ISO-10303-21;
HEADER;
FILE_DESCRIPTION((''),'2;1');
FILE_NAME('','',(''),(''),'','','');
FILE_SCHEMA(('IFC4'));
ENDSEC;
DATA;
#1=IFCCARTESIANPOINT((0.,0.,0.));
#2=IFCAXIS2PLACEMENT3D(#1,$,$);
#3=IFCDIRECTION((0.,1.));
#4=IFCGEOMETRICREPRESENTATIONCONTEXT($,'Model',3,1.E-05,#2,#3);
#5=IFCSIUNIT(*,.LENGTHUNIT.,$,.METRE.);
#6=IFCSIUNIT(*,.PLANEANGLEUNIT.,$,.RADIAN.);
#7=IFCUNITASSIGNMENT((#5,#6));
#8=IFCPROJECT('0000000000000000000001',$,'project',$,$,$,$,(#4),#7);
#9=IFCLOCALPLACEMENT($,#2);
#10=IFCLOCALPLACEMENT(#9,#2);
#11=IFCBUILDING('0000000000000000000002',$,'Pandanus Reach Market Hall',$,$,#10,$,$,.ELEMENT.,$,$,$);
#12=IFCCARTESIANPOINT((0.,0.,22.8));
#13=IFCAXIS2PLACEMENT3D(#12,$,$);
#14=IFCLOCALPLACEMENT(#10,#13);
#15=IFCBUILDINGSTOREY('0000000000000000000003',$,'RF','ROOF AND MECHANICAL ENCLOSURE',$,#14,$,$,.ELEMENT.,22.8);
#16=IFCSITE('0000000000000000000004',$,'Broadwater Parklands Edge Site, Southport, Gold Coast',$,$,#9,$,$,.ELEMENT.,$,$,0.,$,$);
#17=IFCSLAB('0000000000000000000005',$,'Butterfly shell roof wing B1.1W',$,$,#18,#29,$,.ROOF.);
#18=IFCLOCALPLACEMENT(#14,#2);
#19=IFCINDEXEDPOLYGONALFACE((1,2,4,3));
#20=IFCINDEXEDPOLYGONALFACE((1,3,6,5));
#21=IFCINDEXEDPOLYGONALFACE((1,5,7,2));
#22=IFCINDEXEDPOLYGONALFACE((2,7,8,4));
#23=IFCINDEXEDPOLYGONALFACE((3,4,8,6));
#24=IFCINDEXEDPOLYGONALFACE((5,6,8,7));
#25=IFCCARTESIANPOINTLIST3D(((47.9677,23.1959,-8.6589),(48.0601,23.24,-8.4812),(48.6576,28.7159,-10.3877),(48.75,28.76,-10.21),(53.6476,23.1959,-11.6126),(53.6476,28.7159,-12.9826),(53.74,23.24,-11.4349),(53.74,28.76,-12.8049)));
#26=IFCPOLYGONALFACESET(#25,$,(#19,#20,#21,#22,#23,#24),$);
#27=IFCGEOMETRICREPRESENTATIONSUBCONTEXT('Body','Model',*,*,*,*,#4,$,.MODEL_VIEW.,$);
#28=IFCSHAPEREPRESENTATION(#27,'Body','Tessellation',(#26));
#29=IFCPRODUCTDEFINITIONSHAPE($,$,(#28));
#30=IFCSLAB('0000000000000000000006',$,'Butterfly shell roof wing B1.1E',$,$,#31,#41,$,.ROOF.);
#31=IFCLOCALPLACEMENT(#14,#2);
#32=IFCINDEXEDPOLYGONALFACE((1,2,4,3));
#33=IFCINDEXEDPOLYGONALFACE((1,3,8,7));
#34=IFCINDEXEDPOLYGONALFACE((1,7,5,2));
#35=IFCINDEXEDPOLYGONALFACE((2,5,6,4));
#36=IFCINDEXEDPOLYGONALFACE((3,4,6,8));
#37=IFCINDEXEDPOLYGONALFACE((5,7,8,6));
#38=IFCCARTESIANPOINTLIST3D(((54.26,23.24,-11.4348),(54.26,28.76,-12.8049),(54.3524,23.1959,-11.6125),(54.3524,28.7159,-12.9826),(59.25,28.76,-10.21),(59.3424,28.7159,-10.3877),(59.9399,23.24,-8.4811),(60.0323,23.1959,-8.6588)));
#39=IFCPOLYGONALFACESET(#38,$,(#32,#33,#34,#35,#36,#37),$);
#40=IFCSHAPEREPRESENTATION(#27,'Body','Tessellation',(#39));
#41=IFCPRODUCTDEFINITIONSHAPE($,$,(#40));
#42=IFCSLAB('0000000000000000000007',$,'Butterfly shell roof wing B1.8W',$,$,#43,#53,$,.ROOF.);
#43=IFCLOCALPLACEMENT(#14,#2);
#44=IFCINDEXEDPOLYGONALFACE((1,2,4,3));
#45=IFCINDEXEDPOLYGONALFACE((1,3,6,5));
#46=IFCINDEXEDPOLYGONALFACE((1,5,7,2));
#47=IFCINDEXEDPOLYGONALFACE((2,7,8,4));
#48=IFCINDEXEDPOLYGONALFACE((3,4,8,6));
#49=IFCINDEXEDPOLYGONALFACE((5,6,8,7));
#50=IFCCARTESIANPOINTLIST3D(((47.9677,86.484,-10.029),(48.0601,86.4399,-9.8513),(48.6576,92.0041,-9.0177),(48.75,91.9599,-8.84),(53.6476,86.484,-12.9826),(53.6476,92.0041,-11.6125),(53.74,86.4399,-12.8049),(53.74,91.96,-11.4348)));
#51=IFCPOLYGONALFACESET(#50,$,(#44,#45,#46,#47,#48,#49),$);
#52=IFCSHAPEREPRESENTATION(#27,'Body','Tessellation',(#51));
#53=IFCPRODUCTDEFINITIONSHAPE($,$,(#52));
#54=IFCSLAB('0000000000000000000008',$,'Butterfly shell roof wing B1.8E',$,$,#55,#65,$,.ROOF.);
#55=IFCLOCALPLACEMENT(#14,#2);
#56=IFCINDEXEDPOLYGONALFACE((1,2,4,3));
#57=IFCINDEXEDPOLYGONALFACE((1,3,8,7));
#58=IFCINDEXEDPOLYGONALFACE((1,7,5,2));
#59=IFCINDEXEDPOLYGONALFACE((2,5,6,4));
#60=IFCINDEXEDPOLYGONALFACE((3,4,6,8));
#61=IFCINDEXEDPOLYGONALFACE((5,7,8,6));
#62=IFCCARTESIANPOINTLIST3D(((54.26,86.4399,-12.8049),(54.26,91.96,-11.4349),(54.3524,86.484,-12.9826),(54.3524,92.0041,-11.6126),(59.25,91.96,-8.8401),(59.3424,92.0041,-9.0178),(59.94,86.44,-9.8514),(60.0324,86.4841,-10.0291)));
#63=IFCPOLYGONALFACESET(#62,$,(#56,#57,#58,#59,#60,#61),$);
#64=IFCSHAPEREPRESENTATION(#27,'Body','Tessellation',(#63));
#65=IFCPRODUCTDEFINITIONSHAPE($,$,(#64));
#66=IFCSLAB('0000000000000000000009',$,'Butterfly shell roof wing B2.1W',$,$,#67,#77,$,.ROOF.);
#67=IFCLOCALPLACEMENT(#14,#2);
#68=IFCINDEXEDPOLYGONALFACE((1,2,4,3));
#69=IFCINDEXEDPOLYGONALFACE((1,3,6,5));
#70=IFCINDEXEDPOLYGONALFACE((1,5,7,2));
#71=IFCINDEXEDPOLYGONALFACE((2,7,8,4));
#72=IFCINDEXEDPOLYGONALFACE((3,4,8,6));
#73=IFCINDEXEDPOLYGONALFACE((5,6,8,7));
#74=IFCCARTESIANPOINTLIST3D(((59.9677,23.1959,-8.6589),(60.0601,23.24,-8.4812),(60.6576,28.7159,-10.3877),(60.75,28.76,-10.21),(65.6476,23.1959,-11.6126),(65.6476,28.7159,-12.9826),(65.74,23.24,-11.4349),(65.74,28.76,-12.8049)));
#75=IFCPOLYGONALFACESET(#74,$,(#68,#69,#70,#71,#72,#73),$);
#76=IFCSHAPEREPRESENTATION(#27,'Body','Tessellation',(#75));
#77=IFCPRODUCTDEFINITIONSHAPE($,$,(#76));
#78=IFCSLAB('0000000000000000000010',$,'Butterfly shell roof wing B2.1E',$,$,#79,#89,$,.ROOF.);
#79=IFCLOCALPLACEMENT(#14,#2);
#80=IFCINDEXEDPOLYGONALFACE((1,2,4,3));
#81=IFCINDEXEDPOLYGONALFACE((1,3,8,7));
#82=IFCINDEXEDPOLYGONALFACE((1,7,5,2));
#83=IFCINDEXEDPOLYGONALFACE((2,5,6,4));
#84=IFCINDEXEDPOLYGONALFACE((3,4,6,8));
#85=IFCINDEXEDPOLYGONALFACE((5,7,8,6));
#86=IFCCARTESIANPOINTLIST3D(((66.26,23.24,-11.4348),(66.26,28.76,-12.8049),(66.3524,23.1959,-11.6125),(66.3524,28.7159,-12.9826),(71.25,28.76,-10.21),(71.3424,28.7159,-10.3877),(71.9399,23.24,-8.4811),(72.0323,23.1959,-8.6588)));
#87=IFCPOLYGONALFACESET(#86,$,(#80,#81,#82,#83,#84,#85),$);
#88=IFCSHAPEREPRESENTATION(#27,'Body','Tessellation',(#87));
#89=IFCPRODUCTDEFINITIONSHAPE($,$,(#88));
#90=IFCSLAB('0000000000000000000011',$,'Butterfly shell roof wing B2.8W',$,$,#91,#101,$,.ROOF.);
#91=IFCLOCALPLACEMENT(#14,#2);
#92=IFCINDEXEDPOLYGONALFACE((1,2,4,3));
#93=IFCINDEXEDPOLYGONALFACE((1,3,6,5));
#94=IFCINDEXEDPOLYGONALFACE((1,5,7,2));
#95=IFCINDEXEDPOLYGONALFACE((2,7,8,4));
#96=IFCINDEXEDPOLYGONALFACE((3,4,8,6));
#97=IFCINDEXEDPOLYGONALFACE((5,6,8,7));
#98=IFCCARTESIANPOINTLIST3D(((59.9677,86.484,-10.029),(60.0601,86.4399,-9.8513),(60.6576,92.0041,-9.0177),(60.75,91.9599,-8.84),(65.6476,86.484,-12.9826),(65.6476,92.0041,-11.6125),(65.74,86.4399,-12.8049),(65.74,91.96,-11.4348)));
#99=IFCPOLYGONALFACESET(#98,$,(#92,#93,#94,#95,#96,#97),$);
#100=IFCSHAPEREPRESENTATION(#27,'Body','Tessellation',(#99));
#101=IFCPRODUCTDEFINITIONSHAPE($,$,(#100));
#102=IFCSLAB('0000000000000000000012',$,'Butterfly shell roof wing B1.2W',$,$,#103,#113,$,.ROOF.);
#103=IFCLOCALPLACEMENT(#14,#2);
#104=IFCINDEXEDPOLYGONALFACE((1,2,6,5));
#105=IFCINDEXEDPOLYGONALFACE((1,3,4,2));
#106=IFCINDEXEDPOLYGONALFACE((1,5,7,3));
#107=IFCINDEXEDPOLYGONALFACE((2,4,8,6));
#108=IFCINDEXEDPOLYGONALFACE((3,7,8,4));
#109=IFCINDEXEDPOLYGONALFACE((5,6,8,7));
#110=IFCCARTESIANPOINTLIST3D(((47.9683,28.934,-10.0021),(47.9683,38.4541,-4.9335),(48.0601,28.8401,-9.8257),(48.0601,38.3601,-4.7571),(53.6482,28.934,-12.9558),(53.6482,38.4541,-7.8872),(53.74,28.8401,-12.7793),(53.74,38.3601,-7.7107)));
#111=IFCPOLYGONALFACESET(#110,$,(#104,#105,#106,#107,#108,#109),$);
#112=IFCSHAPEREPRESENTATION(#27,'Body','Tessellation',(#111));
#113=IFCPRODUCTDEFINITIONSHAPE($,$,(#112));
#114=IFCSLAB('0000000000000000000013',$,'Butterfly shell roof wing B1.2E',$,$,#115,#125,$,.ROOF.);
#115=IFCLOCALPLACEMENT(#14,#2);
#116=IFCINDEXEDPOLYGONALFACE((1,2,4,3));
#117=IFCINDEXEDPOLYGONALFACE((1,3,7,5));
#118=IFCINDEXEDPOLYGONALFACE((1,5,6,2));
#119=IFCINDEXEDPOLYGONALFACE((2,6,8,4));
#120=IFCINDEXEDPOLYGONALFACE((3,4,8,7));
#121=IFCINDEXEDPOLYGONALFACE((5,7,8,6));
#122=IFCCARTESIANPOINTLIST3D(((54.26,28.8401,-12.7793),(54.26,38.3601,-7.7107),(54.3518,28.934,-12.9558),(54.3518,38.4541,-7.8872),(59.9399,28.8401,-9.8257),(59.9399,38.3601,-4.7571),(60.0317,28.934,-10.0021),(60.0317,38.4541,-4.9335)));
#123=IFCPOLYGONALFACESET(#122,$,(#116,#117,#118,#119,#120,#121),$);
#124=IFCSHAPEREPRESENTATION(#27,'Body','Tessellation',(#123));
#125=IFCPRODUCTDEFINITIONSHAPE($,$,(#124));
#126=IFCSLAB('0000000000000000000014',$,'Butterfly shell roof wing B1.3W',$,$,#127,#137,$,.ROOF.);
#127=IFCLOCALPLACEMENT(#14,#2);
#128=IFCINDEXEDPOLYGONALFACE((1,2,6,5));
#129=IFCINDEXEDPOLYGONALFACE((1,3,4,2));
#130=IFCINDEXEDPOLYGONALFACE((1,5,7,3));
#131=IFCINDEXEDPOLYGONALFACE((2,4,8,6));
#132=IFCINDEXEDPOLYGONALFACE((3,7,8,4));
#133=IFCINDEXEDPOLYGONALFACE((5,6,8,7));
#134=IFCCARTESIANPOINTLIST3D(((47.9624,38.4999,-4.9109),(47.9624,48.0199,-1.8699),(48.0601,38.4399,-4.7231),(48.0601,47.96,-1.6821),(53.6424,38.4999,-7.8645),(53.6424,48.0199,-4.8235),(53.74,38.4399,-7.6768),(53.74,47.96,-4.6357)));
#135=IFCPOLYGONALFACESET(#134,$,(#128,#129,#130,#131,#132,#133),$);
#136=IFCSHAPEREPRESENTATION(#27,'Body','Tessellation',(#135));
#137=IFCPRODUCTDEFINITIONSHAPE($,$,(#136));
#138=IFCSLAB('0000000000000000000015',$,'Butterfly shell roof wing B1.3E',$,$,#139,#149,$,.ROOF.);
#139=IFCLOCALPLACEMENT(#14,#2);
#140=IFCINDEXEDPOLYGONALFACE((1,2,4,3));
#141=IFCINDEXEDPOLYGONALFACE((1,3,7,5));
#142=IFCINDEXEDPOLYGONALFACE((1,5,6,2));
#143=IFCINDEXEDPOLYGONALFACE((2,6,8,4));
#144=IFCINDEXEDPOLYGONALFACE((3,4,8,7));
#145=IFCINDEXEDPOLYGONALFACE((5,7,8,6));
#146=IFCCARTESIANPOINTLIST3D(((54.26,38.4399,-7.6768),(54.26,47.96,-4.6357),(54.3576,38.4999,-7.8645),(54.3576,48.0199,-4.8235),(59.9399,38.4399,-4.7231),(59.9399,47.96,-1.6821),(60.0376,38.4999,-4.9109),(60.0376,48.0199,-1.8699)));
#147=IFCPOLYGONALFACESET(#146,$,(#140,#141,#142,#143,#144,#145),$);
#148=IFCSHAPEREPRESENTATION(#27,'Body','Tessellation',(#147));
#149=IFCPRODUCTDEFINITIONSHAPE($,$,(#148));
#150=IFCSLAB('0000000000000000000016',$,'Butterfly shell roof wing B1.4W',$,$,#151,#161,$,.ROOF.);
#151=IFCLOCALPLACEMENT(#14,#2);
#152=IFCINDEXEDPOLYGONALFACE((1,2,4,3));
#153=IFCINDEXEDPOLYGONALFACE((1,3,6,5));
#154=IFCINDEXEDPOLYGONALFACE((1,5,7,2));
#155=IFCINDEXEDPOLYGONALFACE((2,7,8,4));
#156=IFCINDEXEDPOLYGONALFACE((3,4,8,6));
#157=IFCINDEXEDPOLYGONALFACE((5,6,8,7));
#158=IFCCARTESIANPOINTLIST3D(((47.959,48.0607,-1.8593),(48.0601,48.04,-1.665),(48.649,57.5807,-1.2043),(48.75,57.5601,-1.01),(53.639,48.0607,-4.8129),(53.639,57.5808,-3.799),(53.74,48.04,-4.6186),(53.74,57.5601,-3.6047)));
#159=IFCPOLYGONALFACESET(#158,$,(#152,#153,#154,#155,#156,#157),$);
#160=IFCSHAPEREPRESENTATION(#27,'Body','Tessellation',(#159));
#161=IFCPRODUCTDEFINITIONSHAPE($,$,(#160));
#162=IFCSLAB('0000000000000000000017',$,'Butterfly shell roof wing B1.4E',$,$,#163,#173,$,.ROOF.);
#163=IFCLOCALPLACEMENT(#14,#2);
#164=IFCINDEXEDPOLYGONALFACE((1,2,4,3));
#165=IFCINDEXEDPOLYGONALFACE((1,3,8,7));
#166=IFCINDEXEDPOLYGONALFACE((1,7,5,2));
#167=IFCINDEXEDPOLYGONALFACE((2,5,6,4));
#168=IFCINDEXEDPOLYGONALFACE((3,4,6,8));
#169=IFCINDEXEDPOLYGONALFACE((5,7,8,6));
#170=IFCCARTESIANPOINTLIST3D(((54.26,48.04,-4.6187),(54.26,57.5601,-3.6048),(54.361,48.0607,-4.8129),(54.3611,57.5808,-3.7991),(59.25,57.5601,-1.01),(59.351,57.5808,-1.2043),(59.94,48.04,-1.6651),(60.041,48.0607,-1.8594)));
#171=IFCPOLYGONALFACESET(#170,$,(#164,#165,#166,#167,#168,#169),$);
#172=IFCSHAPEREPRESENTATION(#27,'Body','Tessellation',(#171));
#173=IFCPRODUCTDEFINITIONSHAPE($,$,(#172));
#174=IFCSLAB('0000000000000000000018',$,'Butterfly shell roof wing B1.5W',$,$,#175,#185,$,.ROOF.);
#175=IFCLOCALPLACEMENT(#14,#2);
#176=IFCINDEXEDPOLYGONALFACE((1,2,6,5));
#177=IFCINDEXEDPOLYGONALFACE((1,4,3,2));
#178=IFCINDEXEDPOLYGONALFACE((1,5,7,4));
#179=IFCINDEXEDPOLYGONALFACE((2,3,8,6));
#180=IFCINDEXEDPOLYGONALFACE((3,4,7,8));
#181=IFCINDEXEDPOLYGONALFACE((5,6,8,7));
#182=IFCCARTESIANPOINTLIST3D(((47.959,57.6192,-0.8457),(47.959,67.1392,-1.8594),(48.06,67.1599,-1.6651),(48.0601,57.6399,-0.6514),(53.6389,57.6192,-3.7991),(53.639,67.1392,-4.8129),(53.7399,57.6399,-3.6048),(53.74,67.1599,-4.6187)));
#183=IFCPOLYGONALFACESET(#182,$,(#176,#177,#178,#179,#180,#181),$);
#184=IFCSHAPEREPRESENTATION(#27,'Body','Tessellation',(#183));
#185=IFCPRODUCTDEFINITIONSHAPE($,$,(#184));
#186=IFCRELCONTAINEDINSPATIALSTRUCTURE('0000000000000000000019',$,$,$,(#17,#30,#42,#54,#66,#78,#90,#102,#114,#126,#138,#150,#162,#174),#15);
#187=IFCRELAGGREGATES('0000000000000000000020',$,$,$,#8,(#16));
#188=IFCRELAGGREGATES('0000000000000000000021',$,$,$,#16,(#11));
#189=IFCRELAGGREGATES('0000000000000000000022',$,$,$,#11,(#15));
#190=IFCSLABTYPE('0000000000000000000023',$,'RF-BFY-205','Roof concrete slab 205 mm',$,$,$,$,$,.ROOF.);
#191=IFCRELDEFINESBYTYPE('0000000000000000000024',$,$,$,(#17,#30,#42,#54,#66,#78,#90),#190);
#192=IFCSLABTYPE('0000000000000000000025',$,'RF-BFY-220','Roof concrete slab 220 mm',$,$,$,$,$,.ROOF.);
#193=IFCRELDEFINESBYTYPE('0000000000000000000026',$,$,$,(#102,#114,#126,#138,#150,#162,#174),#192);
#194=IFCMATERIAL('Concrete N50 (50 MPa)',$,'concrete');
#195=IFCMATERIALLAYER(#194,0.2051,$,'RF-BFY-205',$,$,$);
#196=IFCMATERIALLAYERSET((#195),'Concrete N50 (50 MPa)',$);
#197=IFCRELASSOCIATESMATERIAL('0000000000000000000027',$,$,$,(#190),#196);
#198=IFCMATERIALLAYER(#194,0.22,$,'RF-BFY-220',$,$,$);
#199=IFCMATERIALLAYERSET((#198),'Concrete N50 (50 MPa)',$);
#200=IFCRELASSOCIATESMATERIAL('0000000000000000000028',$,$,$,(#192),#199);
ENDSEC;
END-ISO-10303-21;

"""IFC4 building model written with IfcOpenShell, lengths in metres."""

from ifc_helpers import new_model, si_unit, direction, frame, origin, place, context, subcontext, project, spatial, polyline, outline, extrude, material, layer, layer_set, type_object, element, save


model = new_model("IFC4")

# Units and contexts
model_context = context("Model", 3, precision=1e-05, world=origin(), true_north=direction((0.0, 1.0)))
body_context = subcontext(model_context, "Body", "Model", "MODEL_VIEW")
ifc_project = project(units=[si_unit("LENGTHUNIT", "METRE"), si_unit("PLANEANGLEUNIT", "RADIAN")], contexts=[model_context])

# Site, building, storey
site_placement = place(None, origin())
site = spatial("IfcSite", under=ifc_project, at=site_placement, Name="Broadwater Parklands Edge Site, Southport, Gold Coast", CompositionType="ELEMENT", RefElevation=0.0)
building_placement = place(site_placement, origin())
building = spatial("IfcBuilding", under=site, at=building_placement, Name="Pandanus Reach Market Hall", CompositionType="ELEMENT")
storey_placement = place(building_placement, frame((0.0, 0.0, 22.8)))
storey = spatial("IfcBuildingStorey", under=building, at=storey_placement, Name="RF", Description="ROOF AND MECHANICAL ENCLOSURE", CompositionType="ELEMENT", Elevation=22.8)

# Slabs
ifc_material_1 = material(Name="Concrete N50 (50 MPa)", Category="concrete")
ifc_layer_1 = layer(ifc_material_1, 0.2051, Name="RF-BFY-205")
ifc_layer_set_1 = layer_set([ifc_layer_1], Name="Concrete N50 (50 MPa)")
slab_type_1 = type_object("IfcSlabType", Name="RF-BFY-205", Description="Roof concrete slab 205 mm", PredefinedType="ROOF", material=ifc_layer_set_1)
slab_1_placement = place(storey_placement, frame((48.0601, 23.24, -8.4812), z_axis=(0.450573, 0.21505, 0.866451), x_axis=(0.887209, -0.000002, -0.461367)))
element("IfcSlab", 1, at=slab_1_placement, inside=storey, type_object=slab_type_1, Name="Butterfly shell roof wing B1.1W", PredefinedType="ROOF", context=body_context, shape_type="SweptSolid", body=[
    extrude(outline(polyline([(0.0, 0.0), (6.402, 0.0), (7.0341, 5.6523), (1.4097, 5.6523), (0.0, 0.0)])), origin(), (0.0, 0.0, -1.0), 0.2051),
])
slab_2_placement = place(storey_placement, frame((54.26, 23.24, -11.4348), z_axis=(-0.450573, 0.21505, 0.866451), x_axis=(0.887209, 0.000002, 0.461367)))
element("IfcSlab", 2, at=slab_2_placement, inside=storey, type_object=slab_type_1, Name="Butterfly shell roof wing B1.1E", PredefinedType="ROOF", context=body_context, shape_type="SweptSolid", body=[
    extrude(outline(polyline([(0.0, 0.0), (6.402, 0.0), (4.9923, 5.6523), (-0.6321, 5.6523), (0.0, 0.0)])), origin(), (0.0, 0.0, -1.0), 0.2051),
])
slab_3_placement = place(storey_placement, frame((48.0601, 86.4399, -9.8513), z_axis=(0.450557, -0.215053, 0.866459), x_axis=(0.887217, -0.000002, -0.461352)))
element("IfcSlab", 3, at=slab_3_placement, inside=storey, type_object=slab_type_1, Name="Butterfly shell roof wing B1.8W", PredefinedType="ROOF", context=body_context, shape_type="SweptSolid", body=[
    extrude(outline(polyline([(0.0, 0.0), (6.402, 0.0), (5.7699, 5.6523), (0.1456, 5.6523), (0.0, 0.0)])), origin(), (0.0, 0.0, -1.0), 0.2051),
])
slab_4_placement = place(storey_placement, frame((54.26, 86.4399, -12.8049), z_axis=(-0.450557, -0.215053, 0.866459), x_axis=(0.887217, 0.000002, 0.461352)))
element("IfcSlab", 4, at=slab_4_placement, inside=storey, type_object=slab_type_1, Name="Butterfly shell roof wing B1.8E", PredefinedType="ROOF", context=body_context, shape_type="SweptSolid", body=[
    extrude(outline(polyline([(0.0, 0.0), (6.402, 0.0), (6.2564, 5.6523), (0.6321, 5.6523), (0.0, 0.0)])), origin(), (0.0, 0.0, -1.0), 0.2051),
])
slab_5_placement = place(storey_placement, frame((60.0601, 23.24, -8.4812), z_axis=(0.450573, 0.21505, 0.866451), x_axis=(0.887209, -0.000002, -0.461367)))
element("IfcSlab", 5, at=slab_5_placement, inside=storey, type_object=slab_type_1, Name="Butterfly shell roof wing B2.1W", PredefinedType="ROOF", context=body_context, shape_type="SweptSolid", body=[
    extrude(outline(polyline([(0.0, 0.0), (6.402, 0.0), (7.0341, 5.6523), (1.4097, 5.6523), (0.0, 0.0)])), origin(), (0.0, 0.0, -1.0), 0.2051),
])
slab_6_placement = place(storey_placement, frame((66.26, 23.24, -11.4348), z_axis=(-0.450573, 0.21505, 0.866451), x_axis=(0.887209, 0.000002, 0.461367)))
element("IfcSlab", 6, at=slab_6_placement, inside=storey, type_object=slab_type_1, Name="Butterfly shell roof wing B2.1E", PredefinedType="ROOF", context=body_context, shape_type="SweptSolid", body=[
    extrude(outline(polyline([(0.0, 0.0), (6.402, 0.0), (4.9923, 5.6523), (-0.6321, 5.6523), (0.0, 0.0)])), origin(), (0.0, 0.0, -1.0), 0.2051),
])
slab_7_placement = place(storey_placement, frame((60.0601, 86.4399, -9.8513), z_axis=(0.450557, -0.215053, 0.866459), x_axis=(0.887217, -0.000002, -0.461352)))
element("IfcSlab", 7, at=slab_7_placement, inside=storey, type_object=slab_type_1, Name="Butterfly shell roof wing B2.8W", PredefinedType="ROOF", context=body_context, shape_type="SweptSolid", body=[
    extrude(outline(polyline([(0.0, 0.0), (6.402, 0.0), (5.7699, 5.6523), (0.1456, 5.6523), (0.0, 0.0)])), origin(), (0.0, 0.0, -1.0), 0.2051),
])
ifc_layer_2 = layer(ifc_material_1, 0.22, Name="RF-BFY-220")
ifc_layer_set_2 = layer_set([ifc_layer_2], Name="Concrete N50 (50 MPa)")
slab_type_2 = type_object("IfcSlabType", Name="RF-BFY-220", Description="Roof concrete slab 220 mm", PredefinedType="ROOF", material=ifc_layer_set_2)
slab_8_placement = place(storey_placement, frame((48.0601, 28.8401, -9.8257), z_axis=(0.41716, -0.427113, 0.802217), x_axis=(0.887214, 0.0, -0.461359)))
element("IfcSlab", 8, at=slab_8_placement, inside=storey, type_object=slab_type_2, Name="Butterfly shell roof wing B1.2W", PredefinedType="ROOF", context=body_context, shape_type="SweptSolid", body=[
    extrude(outline(polyline([(0.0, 0.0), (6.402, 0.0), (4.0635, 10.5287), (-2.3384, 10.5287), (0.0, 0.0)])), origin(), (0.0, 0.0, -1.0), 0.22),
])
slab_9_placement = place(storey_placement, frame((54.26, 28.8401, -12.7793), z_axis=(-0.41716, -0.427113, 0.802217), x_axis=(0.887214, 0.0, 0.461359)))
element("IfcSlab", 9, at=slab_9_placement, inside=storey, type_object=slab_type_2, Name="Butterfly shell roof wing B1.2E", PredefinedType="ROOF", context=body_context, shape_type="SweptSolid", body=[
    extrude(outline(polyline([(0.0, 0.0), (6.402, 0.0), (8.7404, 10.5287), (2.3384, 10.5287), (0.0, 0.0)])), origin(), (0.0, 0.0, -1.0), 0.22),
])
slab_10_placement = place(storey_placement, frame((48.0601, 38.4399, -4.7231), z_axis=(0.443877, -0.272667, 0.853596), x_axis=(0.887214, 0.0, -0.461359)))
element("IfcSlab", 10, at=slab_10_placement, inside=storey, type_object=slab_type_2, Name="Butterfly shell roof wing B1.3W", PredefinedType="ROOF", context=body_context, shape_type="SweptSolid", body=[
    extrude(outline(polyline([(0.0, 0.0), (6.402, 0.0), (4.999, 9.895), (-1.403, 9.895), (0.0, 0.0)])), origin(), (0.0, 0.0, -1.0), 0.22),
])
slab_11_placement = place(storey_placement, frame((54.26, 38.4399, -7.6768), z_axis=(-0.443877, -0.272667, 0.853596), x_axis=(0.887214, 0.0, 0.461359)))
element("IfcSlab", 11, at=slab_11_placement, inside=storey, type_object=slab_type_2, Name="Butterfly shell roof wing B1.3E", PredefinedType="ROOF", context=body_context, shape_type="SweptSolid", body=[
    extrude(outline(polyline([(0.0, 0.0), (6.402, 0.0), (7.805, 9.895), (1.403, 9.895), (0.0, 0.0)])), origin(), (0.0, 0.0, -1.0), 0.22),
])
slab_12_placement = place(storey_placement, frame((48.0601, 48.04, -1.665), z_axis=(0.459306, -0.094067, 0.883283), x_axis=(0.887217, -0.000001, -0.461352)))
element("IfcSlab", 12, at=slab_12_placement, inside=storey, type_object=slab_type_2, Name="Butterfly shell roof wing B1.4W", PredefinedType="ROOF", context=body_context, shape_type="SweptSolid", body=[
    extrude(outline(polyline([(0.0, 0.0), (6.402, 0.0), (5.9342, 9.5624), (0.3099, 9.5624), (0.0, 0.0)])), origin(), (0.0, 0.0, -1.0), 0.22),
])
slab_13_placement = place(storey_placement, frame((54.26, 48.04, -4.6187), z_axis=(-0.459306, -0.094067, 0.883283), x_axis=(0.887217, 0.000001, 0.461352)))
element("IfcSlab", 13, at=slab_13_placement, inside=storey, type_object=slab_type_2, Name="Butterfly shell roof wing B1.4E", PredefinedType="ROOF", context=body_context, shape_type="SweptSolid", body=[
    extrude(outline(polyline([(0.0, 0.0), (6.402, 0.0), (6.0921, 9.5624), (0.4678, 9.5624), (0.0, 0.0)])), origin(), (0.0, 0.0, -1.0), 0.22),
])
slab_14_placement = place(storey_placement, frame((48.0601, 57.6399, -0.6514), z_axis=(0.459298, 0.094062, 0.883288), x_axis=(0.887222, -0.000002, -0.461344)))
element("IfcSlab", 14, at=slab_14_placement, inside=storey, type_object=slab_type_2, Name="Butterfly shell roof wing B1.5W", PredefinedType="ROOF", context=body_context, shape_type="SweptSolid", body=[
    extrude(outline(polyline([(0.0, 0.0), (6.4019, 0.0), (6.8696, 9.5624), (0.4676, 9.5624), (0.0, 0.0)])), origin(), (0.0, 0.0, -1.0), 0.22),
])

save(model, "model.ifc")
